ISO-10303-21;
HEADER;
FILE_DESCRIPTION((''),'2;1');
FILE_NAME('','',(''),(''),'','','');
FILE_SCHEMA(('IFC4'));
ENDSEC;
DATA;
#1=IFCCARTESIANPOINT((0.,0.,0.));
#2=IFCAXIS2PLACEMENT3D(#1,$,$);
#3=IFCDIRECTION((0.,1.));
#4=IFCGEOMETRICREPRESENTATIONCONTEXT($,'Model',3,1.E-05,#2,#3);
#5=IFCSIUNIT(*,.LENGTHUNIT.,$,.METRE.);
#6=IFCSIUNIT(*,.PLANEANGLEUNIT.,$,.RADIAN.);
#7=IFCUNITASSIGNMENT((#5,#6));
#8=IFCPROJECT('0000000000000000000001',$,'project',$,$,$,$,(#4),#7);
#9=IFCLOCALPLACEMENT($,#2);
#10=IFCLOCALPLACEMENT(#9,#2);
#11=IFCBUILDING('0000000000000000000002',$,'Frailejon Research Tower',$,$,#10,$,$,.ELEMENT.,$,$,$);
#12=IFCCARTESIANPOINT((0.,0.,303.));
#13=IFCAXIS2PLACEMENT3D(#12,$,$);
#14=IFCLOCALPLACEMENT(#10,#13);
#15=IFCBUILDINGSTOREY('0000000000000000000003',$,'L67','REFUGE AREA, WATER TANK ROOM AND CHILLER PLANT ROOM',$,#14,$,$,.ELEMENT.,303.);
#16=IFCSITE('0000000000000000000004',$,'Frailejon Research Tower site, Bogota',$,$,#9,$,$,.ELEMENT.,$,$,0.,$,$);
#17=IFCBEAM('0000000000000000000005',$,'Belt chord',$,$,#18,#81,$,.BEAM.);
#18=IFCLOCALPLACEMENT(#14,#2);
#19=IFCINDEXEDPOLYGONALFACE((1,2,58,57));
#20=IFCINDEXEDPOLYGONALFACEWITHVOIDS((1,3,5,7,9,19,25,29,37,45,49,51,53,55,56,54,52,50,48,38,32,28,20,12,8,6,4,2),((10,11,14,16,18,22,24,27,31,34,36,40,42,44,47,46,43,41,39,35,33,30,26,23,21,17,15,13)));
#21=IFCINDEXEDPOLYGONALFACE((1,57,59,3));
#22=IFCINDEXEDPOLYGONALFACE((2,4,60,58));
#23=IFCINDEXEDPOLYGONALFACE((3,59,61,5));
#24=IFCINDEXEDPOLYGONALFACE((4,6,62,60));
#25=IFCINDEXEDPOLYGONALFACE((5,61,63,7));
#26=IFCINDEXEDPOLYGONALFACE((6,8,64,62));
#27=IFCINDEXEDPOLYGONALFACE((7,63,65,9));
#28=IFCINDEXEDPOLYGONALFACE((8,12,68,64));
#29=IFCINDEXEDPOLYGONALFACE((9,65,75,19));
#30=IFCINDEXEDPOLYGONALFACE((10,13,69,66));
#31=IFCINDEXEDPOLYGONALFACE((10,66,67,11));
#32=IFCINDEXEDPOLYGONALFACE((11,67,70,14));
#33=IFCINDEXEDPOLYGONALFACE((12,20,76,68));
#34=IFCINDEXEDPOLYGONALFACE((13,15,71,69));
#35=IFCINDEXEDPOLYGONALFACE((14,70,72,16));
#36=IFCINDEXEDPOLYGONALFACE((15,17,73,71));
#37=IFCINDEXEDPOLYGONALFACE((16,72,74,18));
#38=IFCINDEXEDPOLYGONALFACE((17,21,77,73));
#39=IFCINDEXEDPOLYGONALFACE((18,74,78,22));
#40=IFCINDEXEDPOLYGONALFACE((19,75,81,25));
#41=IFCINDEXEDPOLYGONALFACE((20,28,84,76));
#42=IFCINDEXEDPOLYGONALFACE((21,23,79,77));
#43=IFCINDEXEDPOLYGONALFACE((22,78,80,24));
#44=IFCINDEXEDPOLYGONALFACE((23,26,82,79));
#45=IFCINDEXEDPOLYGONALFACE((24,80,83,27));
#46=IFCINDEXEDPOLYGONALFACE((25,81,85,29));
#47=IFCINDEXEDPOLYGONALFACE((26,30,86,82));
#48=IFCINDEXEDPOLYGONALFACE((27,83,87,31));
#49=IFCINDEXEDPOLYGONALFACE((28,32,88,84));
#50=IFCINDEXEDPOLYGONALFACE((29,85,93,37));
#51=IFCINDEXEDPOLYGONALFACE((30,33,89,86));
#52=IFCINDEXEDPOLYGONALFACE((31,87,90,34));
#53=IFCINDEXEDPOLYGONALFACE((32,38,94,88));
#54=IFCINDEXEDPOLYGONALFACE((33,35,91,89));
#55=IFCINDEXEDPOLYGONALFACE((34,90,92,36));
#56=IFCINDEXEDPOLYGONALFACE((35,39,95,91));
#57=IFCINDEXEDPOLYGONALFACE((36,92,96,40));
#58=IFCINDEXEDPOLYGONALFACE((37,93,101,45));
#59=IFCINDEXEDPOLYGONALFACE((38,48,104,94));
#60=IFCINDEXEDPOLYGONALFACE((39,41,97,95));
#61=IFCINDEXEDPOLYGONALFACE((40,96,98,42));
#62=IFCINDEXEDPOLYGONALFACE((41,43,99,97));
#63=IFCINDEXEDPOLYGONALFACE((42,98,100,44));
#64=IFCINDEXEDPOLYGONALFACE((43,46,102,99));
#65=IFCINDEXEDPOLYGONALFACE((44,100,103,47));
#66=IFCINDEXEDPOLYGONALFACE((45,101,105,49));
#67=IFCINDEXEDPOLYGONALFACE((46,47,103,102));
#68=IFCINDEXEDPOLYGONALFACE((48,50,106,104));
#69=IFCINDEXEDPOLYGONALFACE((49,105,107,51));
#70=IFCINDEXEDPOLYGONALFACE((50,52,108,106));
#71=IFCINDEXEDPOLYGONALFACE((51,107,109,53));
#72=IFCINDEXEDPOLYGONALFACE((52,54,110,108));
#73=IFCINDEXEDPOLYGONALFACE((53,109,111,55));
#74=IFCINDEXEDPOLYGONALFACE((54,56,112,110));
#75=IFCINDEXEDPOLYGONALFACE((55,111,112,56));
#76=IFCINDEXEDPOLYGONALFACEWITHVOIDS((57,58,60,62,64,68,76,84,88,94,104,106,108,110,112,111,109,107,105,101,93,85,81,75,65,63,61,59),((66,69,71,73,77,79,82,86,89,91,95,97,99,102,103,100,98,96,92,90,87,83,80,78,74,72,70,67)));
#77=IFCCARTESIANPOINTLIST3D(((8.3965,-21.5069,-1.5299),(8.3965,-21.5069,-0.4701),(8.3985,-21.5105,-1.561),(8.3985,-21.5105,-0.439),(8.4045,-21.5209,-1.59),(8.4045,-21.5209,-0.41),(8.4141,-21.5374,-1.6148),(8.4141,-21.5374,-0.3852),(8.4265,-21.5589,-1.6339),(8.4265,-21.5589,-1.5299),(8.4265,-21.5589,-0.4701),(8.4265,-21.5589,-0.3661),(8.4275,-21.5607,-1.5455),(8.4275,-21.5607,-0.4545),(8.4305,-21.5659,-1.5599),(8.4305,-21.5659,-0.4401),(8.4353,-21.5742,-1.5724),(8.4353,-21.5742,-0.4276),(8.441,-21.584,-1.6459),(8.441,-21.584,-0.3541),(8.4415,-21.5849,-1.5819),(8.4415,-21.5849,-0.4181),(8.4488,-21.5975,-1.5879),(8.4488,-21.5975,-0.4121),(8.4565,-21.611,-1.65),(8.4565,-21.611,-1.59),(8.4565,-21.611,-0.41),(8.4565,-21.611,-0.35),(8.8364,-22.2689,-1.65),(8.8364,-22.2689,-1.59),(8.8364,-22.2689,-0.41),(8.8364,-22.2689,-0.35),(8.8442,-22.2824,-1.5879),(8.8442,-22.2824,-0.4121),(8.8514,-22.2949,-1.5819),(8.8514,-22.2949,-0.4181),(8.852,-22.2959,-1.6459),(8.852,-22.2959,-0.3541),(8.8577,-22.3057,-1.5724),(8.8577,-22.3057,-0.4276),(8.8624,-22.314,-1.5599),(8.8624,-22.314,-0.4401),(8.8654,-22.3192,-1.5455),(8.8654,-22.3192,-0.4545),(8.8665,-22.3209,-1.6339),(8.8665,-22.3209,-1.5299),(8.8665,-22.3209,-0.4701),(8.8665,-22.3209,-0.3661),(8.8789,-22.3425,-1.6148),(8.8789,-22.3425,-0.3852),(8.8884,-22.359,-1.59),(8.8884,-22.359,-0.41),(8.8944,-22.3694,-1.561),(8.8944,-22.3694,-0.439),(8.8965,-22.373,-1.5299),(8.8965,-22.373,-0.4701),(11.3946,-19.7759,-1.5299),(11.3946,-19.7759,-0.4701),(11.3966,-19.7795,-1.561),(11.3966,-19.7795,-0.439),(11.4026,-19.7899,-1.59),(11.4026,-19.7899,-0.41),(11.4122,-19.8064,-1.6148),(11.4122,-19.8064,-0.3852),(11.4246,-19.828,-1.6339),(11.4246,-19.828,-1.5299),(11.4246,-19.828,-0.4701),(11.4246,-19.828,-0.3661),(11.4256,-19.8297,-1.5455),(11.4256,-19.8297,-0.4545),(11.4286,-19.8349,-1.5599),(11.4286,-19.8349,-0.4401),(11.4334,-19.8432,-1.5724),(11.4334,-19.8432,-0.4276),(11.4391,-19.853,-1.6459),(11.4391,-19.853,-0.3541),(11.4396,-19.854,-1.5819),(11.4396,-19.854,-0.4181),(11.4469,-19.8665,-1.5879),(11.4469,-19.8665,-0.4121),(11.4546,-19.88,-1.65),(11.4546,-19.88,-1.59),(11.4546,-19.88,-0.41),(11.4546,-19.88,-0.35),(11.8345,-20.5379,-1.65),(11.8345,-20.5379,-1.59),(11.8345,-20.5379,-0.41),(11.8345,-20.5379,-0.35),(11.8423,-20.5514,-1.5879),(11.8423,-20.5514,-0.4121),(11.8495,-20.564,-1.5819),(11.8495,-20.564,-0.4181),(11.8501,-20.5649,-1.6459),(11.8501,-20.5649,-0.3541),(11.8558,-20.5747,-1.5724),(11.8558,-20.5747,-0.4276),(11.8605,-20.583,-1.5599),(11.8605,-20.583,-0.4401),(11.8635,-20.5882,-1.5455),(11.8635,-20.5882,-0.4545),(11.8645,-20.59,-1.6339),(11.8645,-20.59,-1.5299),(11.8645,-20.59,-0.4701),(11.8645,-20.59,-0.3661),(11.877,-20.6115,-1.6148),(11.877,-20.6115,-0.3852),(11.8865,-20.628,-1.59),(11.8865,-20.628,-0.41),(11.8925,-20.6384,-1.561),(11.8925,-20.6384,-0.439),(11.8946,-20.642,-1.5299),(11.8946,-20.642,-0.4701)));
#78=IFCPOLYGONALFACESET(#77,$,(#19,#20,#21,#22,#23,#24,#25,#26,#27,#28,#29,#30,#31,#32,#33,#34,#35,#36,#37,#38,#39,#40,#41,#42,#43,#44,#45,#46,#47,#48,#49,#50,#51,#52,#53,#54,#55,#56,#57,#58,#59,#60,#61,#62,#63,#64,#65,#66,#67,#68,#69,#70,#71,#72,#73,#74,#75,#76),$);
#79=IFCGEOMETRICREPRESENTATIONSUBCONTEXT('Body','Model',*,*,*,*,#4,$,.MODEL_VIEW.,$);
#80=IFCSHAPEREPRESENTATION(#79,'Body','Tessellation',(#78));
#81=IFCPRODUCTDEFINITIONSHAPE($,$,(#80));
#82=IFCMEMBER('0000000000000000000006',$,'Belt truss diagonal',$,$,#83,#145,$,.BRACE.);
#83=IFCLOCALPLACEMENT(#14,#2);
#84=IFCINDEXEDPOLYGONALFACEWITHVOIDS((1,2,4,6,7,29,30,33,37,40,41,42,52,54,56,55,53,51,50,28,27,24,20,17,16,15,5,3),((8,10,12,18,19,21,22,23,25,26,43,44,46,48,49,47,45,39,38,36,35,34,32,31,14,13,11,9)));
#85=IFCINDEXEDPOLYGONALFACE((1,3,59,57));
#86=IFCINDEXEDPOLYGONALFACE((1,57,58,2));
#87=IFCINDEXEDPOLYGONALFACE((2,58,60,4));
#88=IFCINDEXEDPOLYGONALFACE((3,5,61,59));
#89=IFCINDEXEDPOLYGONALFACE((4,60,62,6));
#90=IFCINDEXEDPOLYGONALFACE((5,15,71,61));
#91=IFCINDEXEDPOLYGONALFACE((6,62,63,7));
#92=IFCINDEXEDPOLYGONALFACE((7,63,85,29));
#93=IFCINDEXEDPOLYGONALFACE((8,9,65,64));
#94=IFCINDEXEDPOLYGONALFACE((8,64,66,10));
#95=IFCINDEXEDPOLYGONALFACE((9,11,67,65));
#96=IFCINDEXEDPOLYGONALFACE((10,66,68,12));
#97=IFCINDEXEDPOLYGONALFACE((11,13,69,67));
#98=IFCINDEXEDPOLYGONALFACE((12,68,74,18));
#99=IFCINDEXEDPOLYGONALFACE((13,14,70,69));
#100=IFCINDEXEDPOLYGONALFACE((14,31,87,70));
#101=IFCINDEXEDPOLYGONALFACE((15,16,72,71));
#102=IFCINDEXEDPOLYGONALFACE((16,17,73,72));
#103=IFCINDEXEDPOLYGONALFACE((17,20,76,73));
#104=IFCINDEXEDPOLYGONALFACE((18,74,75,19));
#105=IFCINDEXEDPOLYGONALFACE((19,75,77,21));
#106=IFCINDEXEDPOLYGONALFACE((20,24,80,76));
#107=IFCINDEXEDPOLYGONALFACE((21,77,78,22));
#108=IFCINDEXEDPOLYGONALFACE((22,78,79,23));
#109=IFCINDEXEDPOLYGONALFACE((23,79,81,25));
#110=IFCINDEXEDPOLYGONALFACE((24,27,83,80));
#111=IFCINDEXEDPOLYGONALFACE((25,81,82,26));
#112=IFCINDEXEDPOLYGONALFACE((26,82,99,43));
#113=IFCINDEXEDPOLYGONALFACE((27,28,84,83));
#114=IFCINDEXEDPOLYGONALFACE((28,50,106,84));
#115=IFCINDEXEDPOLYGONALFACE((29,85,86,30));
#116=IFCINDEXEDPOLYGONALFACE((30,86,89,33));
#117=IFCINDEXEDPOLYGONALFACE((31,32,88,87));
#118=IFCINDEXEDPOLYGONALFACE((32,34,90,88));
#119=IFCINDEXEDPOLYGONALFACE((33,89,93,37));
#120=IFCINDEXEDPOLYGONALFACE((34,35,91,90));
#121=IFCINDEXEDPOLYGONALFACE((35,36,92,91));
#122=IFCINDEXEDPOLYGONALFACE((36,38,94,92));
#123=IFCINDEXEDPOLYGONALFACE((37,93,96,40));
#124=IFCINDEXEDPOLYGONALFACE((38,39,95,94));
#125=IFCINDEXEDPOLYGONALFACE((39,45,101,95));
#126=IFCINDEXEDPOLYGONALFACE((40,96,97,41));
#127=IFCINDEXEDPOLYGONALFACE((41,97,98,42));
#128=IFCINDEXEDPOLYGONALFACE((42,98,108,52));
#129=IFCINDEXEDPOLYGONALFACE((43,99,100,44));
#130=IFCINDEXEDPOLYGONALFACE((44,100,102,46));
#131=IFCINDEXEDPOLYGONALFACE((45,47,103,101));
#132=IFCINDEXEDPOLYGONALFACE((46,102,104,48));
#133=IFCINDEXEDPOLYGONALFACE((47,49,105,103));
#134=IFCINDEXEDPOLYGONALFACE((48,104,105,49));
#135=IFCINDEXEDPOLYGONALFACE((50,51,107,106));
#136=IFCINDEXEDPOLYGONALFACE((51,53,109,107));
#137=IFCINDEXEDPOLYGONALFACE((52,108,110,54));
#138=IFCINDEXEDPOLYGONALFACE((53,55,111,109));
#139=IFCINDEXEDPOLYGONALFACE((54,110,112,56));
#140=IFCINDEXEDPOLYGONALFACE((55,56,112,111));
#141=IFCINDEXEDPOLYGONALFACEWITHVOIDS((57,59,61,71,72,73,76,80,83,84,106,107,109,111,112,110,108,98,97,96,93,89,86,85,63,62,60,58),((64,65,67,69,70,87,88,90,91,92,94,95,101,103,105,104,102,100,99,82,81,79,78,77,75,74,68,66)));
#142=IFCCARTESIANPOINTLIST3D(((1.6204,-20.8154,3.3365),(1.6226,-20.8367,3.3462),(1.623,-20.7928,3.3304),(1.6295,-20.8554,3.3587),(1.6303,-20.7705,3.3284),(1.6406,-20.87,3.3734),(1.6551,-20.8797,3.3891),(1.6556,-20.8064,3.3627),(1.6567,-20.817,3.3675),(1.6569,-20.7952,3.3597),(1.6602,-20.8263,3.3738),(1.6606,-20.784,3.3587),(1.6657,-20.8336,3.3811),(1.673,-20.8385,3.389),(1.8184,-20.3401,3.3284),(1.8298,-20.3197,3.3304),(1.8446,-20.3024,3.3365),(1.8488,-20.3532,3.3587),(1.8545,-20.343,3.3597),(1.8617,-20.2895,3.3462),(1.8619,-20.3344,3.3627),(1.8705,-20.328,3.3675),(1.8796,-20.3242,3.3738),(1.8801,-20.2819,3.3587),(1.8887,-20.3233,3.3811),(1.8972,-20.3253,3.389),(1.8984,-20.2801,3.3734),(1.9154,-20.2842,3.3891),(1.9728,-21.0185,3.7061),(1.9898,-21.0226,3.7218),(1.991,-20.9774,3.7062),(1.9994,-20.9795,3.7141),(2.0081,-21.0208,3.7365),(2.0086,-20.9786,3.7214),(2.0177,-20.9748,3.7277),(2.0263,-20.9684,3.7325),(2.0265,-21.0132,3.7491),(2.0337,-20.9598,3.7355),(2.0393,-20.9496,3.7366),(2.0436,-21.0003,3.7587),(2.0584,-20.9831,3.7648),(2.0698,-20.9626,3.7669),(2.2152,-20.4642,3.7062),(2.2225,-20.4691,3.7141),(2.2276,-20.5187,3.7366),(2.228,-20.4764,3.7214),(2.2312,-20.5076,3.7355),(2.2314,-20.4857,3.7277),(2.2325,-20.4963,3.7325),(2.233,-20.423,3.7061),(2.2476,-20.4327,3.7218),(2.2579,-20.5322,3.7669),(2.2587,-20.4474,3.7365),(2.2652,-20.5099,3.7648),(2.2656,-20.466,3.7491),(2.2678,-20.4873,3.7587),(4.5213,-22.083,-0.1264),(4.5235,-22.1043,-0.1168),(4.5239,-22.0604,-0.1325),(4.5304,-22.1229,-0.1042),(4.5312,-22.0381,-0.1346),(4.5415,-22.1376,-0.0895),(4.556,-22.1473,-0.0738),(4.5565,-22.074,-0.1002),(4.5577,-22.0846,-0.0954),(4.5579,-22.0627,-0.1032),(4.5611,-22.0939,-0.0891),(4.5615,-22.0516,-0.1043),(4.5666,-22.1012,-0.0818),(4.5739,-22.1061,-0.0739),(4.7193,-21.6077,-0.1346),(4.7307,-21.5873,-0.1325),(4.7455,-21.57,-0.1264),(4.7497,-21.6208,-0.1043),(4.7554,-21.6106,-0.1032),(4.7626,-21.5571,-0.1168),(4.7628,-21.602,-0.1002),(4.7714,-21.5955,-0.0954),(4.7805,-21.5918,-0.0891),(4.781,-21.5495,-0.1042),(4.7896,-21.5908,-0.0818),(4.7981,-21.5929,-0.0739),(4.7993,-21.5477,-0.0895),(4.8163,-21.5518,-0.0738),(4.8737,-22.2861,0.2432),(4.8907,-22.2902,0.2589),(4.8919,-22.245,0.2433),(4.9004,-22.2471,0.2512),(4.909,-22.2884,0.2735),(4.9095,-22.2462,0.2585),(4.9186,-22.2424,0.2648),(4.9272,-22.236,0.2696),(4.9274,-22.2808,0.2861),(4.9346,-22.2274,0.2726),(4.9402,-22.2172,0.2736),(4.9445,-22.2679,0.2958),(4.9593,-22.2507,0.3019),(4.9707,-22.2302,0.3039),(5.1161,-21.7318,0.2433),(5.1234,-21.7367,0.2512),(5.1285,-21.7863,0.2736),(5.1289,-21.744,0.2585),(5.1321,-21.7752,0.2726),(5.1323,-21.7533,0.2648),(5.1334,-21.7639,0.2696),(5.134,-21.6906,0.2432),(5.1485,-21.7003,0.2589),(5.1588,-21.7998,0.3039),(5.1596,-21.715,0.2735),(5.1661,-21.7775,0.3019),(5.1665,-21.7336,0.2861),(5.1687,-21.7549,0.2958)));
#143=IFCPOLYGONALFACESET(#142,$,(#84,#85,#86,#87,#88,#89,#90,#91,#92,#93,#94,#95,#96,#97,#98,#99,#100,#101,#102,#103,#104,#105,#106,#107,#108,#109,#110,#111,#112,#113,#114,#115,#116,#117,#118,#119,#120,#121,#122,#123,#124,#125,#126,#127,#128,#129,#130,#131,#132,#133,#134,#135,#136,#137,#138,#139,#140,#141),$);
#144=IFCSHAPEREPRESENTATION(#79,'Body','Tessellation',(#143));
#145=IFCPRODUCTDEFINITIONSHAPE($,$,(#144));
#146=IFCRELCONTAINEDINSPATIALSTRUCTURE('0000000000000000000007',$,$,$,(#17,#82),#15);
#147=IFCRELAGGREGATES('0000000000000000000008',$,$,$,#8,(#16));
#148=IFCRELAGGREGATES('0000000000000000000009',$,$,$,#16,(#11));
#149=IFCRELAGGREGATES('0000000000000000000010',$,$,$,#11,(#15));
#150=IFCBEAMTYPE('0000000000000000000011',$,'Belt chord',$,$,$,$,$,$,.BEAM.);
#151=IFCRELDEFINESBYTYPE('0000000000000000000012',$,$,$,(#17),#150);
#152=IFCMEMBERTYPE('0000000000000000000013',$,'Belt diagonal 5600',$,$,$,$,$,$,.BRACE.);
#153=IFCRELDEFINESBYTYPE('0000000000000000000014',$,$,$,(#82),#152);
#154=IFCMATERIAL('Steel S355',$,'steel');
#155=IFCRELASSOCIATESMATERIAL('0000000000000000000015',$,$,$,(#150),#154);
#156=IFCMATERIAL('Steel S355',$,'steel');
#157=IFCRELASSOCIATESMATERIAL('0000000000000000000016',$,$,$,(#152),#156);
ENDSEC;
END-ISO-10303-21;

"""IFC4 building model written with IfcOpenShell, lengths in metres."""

from ifc_helpers import new_model, si_unit, direction, frame, origin, origin_2d, place, context, subcontext, project, spatial, hollow_rectangle, extrude, material, material_profile, profile_set, type_object, element, save


model = new_model("IFC4")

# Units and contexts
model_context = context("Model", 3, precision=1e-05, world=origin(), true_north=direction((0.0, 1.0)))
body_context = subcontext(model_context, "Body", "Model", "MODEL_VIEW")
ifc_project = project(units=[si_unit("LENGTHUNIT", "METRE"), si_unit("PLANEANGLEUNIT", "RADIAN")], contexts=[model_context])

# Site, building, storey
site_placement = place(None, origin())
site = spatial("IfcSite", under=ifc_project, at=site_placement, Name="Frailejon Research Tower site, Bogota", CompositionType="ELEMENT", RefElevation=0.0)
building_placement = place(site_placement, origin())
building = spatial("IfcBuilding", under=site, at=building_placement, Name="Frailejon Research Tower", CompositionType="ELEMENT")
storey_placement = place(building_placement, frame((0.0, 0.0, 303.0)))
storey = spatial("IfcBuildingStorey", under=building, at=storey_placement, Name="L67", Description="REFUGE AREA, WATER TANK ROOM AND CHILLER PLANT ROOM", CompositionType="ELEMENT", Elevation=303.0)

# Beam
ifc_material_1 = material(Name="Steel S355", Category="steel")
ifc_material_profile_1 = material_profile(ifc_material_1, hollow_rectangle(XDim=1.0, YDim=1.3, WallThickness=0.0601, InnerFilletRadius=0.0601, OuterFilletRadius=0.1201, at=origin_2d()), Name="Belt chord")
ifc_profile_set_1 = profile_set([ifc_material_profile_1], Name="Steel S355")
beam_type_1 = type_object("IfcBeamType", Name="Belt chord", PredefinedType="BEAM", material=ifc_profile_set_1)
beam_1_placement = place(storey_placement, frame((8.6465, -21.9399, -1.0), z_axis=(0.866021, 0.500007, 0.0), x_axis=(-0.500007, 0.866021, 0.0)))
element("IfcBeam", 1, at=beam_1_placement, inside=storey, type_object=beam_type_1, Name="Belt chord", PredefinedType="BEAM", context=body_context, shape_type="SweptSolid", body=[
    extrude(hollow_rectangle(XDim=1.0, YDim=1.3, WallThickness=0.0601, InnerFilletRadius=0.0601, OuterFilletRadius=0.1201, at=origin_2d()), origin(), (0.0, 0.0, 1.0), 3.4619),
])

# Member
ifc_material_2 = material(Name="Steel S355", Category="steel")
ifc_material_profile_2 = material_profile(ifc_material_2, hollow_rectangle(XDim=0.6499, YDim=0.6499, WallThickness=0.0449, InnerFilletRadius=0.0449, OuterFilletRadius=0.0901, at=origin_2d()), Name="Belt diagonal 5600")
ifc_profile_set_2 = profile_set([ifc_material_profile_2], Name="Steel S355")
member_type = type_object("IfcMemberType", Name="Belt diagonal 5600", PredefinedType="BRACE", material=ifc_profile_set_2)
member_1_placement = place(storey_placement, frame((1.9441, -20.6514, 3.5476), z_axis=(0.61828, -0.270166, -0.738065), x_axis=(0.400406, 0.916338, 0.0)))
element("IfcMember", 2, at=member_1_placement, inside=storey, type_object=member_type, Name="Belt truss diagonal", PredefinedType="BRACE", context=body_context, shape_type="SweptSolid", body=[
    extrude(hollow_rectangle(XDim=0.6499, YDim=0.6499, WallThickness=0.0449, InnerFilletRadius=0.0449, OuterFilletRadius=0.0901, at=origin_2d()), origin(), (0.0, 0.0, 1.0), 4.6919),
])

save(model, "model.ifc")
